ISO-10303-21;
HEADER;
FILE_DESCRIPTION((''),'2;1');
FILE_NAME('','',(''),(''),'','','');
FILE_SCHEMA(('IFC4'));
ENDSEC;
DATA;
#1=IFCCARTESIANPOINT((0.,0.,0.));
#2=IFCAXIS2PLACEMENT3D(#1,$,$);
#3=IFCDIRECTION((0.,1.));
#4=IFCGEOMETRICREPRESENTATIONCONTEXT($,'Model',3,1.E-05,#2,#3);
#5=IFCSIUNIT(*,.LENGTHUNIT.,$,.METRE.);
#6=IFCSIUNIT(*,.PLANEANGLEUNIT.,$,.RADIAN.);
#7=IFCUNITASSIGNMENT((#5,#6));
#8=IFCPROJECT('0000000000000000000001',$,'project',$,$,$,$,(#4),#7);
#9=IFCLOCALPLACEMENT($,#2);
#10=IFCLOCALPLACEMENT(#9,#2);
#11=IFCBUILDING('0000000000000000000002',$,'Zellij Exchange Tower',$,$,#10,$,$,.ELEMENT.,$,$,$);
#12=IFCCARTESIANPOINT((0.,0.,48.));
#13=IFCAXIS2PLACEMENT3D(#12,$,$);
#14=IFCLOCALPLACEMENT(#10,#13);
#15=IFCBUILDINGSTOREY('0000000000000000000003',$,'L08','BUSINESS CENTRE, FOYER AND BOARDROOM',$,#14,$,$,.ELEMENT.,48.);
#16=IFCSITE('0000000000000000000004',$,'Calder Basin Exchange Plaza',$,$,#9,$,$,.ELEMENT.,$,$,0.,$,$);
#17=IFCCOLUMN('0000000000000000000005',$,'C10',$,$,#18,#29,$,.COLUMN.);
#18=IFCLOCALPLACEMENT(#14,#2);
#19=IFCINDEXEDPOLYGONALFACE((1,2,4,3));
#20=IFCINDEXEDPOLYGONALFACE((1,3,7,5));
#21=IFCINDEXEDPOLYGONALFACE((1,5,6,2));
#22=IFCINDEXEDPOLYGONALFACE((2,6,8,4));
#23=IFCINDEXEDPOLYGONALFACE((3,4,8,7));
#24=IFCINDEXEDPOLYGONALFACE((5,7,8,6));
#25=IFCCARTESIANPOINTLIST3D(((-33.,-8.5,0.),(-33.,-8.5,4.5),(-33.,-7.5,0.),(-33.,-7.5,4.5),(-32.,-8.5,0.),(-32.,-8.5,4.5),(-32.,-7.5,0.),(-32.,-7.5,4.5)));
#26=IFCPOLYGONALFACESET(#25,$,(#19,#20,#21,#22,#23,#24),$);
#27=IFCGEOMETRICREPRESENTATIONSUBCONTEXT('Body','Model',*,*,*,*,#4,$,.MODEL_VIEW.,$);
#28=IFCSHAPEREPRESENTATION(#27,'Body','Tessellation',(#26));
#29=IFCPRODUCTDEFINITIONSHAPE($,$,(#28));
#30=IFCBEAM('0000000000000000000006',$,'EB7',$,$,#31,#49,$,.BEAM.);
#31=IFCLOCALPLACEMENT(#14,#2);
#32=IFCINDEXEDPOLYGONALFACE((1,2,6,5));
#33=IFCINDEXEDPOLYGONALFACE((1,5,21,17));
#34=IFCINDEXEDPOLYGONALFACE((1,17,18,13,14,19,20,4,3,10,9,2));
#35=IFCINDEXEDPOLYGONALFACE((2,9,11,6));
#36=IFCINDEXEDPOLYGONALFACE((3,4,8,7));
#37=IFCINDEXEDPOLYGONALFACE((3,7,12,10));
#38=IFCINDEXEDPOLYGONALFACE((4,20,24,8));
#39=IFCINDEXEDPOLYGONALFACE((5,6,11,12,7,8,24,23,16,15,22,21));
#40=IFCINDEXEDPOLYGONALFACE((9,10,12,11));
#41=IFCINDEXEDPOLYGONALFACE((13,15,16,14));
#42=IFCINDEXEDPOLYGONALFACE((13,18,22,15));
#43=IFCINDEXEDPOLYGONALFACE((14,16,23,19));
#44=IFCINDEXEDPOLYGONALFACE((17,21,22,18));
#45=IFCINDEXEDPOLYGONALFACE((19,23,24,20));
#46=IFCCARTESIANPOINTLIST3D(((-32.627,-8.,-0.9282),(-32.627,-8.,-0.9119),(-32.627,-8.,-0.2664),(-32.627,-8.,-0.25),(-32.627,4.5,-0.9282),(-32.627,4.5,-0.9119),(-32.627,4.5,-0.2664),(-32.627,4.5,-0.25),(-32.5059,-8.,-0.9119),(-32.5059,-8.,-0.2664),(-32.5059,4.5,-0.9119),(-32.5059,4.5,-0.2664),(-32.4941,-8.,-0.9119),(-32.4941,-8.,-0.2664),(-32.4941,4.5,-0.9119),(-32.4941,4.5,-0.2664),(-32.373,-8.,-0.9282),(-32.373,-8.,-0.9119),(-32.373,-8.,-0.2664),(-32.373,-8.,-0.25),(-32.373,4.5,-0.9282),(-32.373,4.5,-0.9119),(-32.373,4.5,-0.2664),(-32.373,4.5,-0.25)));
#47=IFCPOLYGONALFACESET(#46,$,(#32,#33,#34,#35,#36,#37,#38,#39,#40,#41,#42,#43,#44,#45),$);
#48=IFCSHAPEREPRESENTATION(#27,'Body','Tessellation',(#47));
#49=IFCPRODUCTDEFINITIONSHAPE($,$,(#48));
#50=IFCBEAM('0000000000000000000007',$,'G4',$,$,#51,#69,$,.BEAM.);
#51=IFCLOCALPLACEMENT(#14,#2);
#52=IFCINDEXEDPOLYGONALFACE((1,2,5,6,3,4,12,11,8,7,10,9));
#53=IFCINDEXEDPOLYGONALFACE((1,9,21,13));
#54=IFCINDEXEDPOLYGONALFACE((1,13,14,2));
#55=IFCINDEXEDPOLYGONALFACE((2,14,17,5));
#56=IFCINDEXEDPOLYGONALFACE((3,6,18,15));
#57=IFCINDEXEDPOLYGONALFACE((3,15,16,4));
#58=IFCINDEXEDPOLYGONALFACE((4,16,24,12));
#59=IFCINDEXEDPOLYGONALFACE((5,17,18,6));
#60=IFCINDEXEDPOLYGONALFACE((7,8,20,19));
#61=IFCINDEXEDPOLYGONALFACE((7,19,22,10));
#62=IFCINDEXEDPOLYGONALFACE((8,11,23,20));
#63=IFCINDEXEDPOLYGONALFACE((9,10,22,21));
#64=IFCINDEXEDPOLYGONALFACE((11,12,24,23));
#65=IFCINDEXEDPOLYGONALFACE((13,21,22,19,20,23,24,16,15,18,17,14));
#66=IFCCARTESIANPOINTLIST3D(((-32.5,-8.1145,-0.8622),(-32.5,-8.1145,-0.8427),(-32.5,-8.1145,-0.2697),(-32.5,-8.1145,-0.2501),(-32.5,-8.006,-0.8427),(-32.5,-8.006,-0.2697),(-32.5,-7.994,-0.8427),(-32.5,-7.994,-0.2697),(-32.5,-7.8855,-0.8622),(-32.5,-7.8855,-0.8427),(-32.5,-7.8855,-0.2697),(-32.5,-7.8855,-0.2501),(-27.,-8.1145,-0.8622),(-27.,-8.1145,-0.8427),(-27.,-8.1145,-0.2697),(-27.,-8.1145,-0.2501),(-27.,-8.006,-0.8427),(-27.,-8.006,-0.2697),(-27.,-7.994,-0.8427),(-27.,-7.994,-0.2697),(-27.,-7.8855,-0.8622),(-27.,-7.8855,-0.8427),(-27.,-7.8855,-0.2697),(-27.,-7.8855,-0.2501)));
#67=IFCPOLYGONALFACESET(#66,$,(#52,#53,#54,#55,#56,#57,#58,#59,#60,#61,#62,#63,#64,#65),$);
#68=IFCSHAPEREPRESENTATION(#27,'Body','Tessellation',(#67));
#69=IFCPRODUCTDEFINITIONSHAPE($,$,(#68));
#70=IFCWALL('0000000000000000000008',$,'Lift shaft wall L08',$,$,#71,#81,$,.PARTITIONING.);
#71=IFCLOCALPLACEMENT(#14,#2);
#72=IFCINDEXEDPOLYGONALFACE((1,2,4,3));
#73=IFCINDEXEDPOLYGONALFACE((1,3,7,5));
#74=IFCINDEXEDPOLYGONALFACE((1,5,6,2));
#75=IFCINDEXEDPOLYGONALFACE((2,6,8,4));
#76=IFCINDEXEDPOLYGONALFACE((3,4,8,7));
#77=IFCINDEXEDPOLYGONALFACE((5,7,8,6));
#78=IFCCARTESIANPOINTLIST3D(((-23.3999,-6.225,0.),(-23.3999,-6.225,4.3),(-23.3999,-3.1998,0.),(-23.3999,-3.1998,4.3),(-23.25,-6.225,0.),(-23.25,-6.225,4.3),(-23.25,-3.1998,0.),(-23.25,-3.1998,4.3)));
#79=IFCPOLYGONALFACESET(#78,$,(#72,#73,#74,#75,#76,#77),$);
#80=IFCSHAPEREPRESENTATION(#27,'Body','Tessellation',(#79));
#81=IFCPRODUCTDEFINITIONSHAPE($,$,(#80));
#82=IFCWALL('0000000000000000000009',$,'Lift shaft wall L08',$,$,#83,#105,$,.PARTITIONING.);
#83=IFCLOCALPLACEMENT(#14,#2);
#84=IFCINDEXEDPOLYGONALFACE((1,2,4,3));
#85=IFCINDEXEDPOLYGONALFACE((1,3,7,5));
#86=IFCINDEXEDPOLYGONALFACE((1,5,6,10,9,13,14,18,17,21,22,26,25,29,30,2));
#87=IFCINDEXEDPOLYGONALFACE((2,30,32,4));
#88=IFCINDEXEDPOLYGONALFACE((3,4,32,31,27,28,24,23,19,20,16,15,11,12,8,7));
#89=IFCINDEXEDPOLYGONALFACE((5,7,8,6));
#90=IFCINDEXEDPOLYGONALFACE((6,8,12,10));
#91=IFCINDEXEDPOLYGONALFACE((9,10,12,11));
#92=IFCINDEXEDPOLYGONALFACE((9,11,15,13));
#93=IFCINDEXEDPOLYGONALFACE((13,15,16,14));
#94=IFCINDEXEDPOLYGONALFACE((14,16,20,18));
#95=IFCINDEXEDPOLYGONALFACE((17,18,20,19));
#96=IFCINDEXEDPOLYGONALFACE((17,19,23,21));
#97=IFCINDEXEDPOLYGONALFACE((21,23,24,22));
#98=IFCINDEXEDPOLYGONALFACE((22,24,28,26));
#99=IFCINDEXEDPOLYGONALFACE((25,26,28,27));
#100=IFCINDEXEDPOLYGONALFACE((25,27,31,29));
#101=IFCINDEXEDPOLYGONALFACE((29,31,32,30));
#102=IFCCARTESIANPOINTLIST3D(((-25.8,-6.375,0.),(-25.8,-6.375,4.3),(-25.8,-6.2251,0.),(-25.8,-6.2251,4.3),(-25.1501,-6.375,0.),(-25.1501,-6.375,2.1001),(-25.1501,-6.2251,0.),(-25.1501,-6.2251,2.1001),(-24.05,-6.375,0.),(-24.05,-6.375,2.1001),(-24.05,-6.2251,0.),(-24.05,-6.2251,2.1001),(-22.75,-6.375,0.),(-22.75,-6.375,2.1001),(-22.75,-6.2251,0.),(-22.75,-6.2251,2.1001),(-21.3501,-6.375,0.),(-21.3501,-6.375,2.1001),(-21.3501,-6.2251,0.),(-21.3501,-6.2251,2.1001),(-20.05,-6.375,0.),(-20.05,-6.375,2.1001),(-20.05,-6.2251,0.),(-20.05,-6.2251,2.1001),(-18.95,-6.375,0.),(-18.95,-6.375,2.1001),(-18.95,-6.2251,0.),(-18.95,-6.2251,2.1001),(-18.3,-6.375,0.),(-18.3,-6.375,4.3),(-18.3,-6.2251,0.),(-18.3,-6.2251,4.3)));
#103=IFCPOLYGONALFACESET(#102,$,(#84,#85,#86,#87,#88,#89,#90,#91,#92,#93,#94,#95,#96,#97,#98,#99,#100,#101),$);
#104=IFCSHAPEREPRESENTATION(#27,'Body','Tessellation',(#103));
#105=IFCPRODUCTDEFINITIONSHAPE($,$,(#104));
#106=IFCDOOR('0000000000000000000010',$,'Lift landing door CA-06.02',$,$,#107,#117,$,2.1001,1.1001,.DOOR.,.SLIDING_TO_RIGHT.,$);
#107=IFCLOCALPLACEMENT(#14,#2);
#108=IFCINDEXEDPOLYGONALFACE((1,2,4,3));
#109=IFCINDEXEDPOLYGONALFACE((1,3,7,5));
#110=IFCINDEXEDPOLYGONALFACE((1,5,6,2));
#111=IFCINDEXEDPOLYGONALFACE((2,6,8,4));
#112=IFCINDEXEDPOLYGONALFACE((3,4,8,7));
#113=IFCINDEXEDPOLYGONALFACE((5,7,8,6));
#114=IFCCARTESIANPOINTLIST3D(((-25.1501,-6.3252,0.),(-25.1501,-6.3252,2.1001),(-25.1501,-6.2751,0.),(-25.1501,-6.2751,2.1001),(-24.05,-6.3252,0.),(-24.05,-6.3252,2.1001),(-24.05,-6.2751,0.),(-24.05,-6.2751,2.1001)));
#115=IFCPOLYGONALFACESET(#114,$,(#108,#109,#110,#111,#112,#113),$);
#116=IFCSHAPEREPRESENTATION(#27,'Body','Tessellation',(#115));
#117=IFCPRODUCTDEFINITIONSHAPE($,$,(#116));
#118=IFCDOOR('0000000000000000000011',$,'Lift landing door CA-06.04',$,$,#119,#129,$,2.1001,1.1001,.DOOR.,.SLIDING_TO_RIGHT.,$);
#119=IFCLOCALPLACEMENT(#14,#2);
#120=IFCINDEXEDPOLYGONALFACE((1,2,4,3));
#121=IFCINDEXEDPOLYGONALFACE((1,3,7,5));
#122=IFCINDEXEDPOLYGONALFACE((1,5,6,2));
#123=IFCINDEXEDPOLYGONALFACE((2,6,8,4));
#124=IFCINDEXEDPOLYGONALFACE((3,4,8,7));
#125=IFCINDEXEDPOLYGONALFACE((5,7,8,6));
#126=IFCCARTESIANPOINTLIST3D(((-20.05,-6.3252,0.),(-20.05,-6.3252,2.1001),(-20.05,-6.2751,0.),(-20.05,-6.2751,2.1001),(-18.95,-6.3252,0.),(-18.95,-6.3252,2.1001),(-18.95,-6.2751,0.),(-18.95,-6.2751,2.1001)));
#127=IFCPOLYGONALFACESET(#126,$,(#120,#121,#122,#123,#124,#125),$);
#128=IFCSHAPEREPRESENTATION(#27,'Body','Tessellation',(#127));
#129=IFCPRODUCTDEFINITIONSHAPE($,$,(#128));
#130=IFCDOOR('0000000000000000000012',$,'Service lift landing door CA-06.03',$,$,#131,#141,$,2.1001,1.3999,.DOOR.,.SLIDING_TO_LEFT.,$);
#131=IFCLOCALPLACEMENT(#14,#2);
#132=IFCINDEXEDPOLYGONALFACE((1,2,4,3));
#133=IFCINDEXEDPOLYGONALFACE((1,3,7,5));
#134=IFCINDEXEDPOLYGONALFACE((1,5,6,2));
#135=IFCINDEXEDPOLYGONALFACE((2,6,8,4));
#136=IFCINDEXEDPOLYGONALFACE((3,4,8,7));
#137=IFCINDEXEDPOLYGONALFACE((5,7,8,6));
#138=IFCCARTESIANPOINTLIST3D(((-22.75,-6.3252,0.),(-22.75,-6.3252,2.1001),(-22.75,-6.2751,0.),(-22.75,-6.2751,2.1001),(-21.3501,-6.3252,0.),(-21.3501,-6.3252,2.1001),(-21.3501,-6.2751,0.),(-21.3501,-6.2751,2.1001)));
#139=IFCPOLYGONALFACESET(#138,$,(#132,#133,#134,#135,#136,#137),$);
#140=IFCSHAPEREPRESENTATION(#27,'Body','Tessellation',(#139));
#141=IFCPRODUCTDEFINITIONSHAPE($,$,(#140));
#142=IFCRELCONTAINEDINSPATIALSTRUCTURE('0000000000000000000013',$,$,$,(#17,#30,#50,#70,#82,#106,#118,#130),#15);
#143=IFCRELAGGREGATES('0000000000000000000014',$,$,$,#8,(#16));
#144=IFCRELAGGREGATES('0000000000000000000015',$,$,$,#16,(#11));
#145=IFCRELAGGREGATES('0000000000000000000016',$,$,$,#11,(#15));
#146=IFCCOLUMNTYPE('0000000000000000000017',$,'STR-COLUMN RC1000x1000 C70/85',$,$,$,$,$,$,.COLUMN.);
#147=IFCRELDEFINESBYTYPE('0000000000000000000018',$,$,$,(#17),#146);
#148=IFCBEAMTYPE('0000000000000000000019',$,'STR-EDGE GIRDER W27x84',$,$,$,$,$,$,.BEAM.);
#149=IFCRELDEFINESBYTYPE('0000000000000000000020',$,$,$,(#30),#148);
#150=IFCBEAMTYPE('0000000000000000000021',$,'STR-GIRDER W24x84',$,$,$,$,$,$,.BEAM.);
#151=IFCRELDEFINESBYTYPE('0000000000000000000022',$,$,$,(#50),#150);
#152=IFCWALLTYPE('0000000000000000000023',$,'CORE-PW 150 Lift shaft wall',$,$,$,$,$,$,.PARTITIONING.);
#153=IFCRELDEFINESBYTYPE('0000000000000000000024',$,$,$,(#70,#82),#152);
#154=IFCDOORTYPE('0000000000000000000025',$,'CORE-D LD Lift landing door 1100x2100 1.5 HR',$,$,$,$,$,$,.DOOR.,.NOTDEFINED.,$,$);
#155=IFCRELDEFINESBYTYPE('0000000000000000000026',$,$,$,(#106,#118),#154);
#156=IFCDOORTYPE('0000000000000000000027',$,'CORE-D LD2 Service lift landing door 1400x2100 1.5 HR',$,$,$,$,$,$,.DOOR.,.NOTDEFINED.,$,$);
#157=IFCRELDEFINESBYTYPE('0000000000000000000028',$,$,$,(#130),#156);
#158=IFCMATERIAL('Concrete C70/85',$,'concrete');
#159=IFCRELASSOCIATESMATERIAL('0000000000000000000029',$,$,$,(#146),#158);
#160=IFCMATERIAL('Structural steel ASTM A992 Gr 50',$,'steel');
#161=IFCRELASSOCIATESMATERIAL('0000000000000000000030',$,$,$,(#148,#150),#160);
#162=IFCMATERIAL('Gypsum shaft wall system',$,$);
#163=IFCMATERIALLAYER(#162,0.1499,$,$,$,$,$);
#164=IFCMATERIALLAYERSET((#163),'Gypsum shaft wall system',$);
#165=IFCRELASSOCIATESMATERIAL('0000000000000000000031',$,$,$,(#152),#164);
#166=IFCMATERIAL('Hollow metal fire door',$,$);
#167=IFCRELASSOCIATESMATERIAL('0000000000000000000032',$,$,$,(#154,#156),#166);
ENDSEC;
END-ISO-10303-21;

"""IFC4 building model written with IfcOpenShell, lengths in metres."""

from ifc_helpers import new_model, si_unit, direction, frame, frame_2d, origin, origin_2d, place, context, subcontext, project, spatial, rectangle, i_section, extrude, material, layer, layer_set, material_profile, profile_set, type_object, element, fill, save


model = new_model("IFC4")

# Units and contexts
model_context = context("Model", 3, precision=1e-05, world=origin(), true_north=direction((0.0, 1.0)))
body_context = subcontext(model_context, "Body", "Model", "MODEL_VIEW")
ifc_project = project(units=[si_unit("LENGTHUNIT", "METRE"), si_unit("PLANEANGLEUNIT", "RADIAN")], contexts=[model_context])

# Site, building, storey
site_placement = place(None, origin())
site = spatial("IfcSite", under=ifc_project, at=site_placement, Name="Calder Basin Exchange Plaza", CompositionType="ELEMENT", RefElevation=0.0)
building_placement = place(site_placement, origin())
building = spatial("IfcBuilding", under=site, at=building_placement, Name="Zellij Exchange Tower", CompositionType="ELEMENT")
storey_placement = place(building_placement, frame((0.0, 0.0, 48.0)))
storey = spatial("IfcBuildingStorey", under=building, at=storey_placement, Name="L08", Description="BUSINESS CENTRE, FOYER AND BOARDROOM", CompositionType="ELEMENT", Elevation=48.0)

# Column
ifc_material_1 = material(Name="Concrete C70/85", Category="concrete")
ifc_material_profile_1 = material_profile(ifc_material_1, rectangle(XDim=1.0, YDim=1.0, at=origin_2d()), Name="STR-COLUMN RC1000x1000 C70/85")
ifc_profile_set_1 = profile_set([ifc_material_profile_1], Name="Concrete C70/85")
column_type = type_object("IfcColumnType", Name="STR-COLUMN RC1000x1000 C70/85", PredefinedType="COLUMN", material=ifc_profile_set_1)
column_placement = place(storey_placement, frame((-32.5, -8.0, 0.0), z_axis=(0.0, 0.0, 1.0), x_axis=(1.0, 0.0, 0.0)))
element("IfcColumn", 1, at=column_placement, inside=storey, type_object=column_type, Name="C10", PredefinedType="COLUMN", context=body_context, shape_type="SweptSolid", body=[
    extrude(rectangle(XDim=1.0, YDim=1.0, at=origin_2d()), origin(), (0.0, 0.0, 1.0), 4.5),
])

# Beams
ifc_material_2 = material(Name="Structural steel ASTM A992 Gr 50", Category="steel")
ifc_material_profile_2 = material_profile(ifc_material_2, i_section(OverallWidth=0.2539, OverallDepth=0.6782, WebThickness=0.0117, FlangeThickness=0.0164, at=origin_2d()), Name="W27x84")
ifc_profile_set_2 = profile_set([ifc_material_profile_2], Name="Structural steel ASTM A992 Gr 50")
beam_type_1 = type_object("IfcBeamType", Name="STR-EDGE GIRDER W27x84", PredefinedType="BEAM", material=ifc_profile_set_2)
beam_1_placement = place(storey_placement, frame((-32.5, -8.0, -0.5891), z_axis=(0.0, 1.0, 0.0), x_axis=(-1.0, 0.0, 0.0)))
element("IfcBeam", 2, at=beam_1_placement, inside=storey, type_object=beam_type_1, Name="EB7", PredefinedType="BEAM", context=body_context, shape_type="SweptSolid", body=[
    extrude(i_section(OverallWidth=0.2539, OverallDepth=0.6782, WebThickness=0.0117, FlangeThickness=0.0164, at=origin_2d()), origin(), (0.0, 0.0, 1.0), 12.5),
])
ifc_material_profile_3 = material_profile(ifc_material_2, i_section(OverallWidth=0.229, OverallDepth=0.6121, WebThickness=0.012, FlangeThickness=0.0195, at=origin_2d()), Name="W24x84")
ifc_profile_set_3 = profile_set([ifc_material_profile_3], Name="Structural steel ASTM A992 Gr 50")
beam_type_2 = type_object("IfcBeamType", Name="STR-GIRDER W24x84", PredefinedType="BEAM", material=ifc_profile_set_3)
beam_2_placement = place(storey_placement, frame((-32.5, -8.0, -0.5562), z_axis=(1.0, 0.0, 0.0), x_axis=(0.0, 1.0, 0.0)))
element("IfcBeam", 3, at=beam_2_placement, inside=storey, type_object=beam_type_2, Name="G4", PredefinedType="BEAM", context=body_context, shape_type="SweptSolid", body=[
    extrude(i_section(OverallWidth=0.229, OverallDepth=0.6121, WebThickness=0.012, FlangeThickness=0.0195, at=origin_2d()), origin(), (0.0, 0.0, 1.0), 5.5),
])

# Wall
ifc_material_3 = material(Name="Gypsum shaft wall system")
ifc_layer_1 = layer(ifc_material_3, 0.1499)
ifc_layer_set_1 = layer_set([ifc_layer_1], Name="Gypsum shaft wall system")
wall_type_1 = type_object("IfcWallType", Name="CORE-PW 150 Lift shaft wall", PredefinedType="PARTITIONING", material=ifc_layer_set_1)
wall_1_placement = place(storey_placement, frame((-23.325, -6.2251, 0.0), z_axis=(0.0, 0.0, 1.0), x_axis=(0.0, 1.0, 0.0)))
element("IfcWall", 4, at=wall_1_placement, inside=storey, type_object=wall_type_1, Name="Lift shaft wall L08", PredefinedType="PARTITIONING", context=body_context, shape_type="SweptSolid", body=[
    extrude(rectangle(XDim=3.0251, YDim=0.1499, at=frame_2d((1.5127, 0.0))), origin(), (0.0, 0.0, 1.0), 4.3),
])

# Wall, openings, doors
wall_2_placement = place(storey_placement, frame((-25.8, -6.3, 0.0), z_axis=(0.0, 0.0, 1.0), x_axis=(1.0, 0.0, 0.0)))
wall_2 = element("IfcWall", 5, at=wall_2_placement, inside=storey, type_object=wall_type_1, Name="Lift shaft wall L08", PredefinedType="PARTITIONING", context=body_context, shape_type="SweptSolid", body=[
    extrude(rectangle(XDim=7.5, YDim=0.1499, at=frame_2d((3.75, 0.0))), origin(), (0.0, 0.0, 1.0), 4.3),
])
opening_1_placement = place(wall_2_placement, frame((0.6499, 0.0, 0.0)))
opening_1 = element("IfcOpeningElement", 6, at=opening_1_placement, cuts=wall_2, PredefinedType="OPENING", context=body_context, shape_type="SweptSolid", body=[
    extrude(rectangle(XDim=1.1001, YDim=2.1001, at=frame_2d((0.55, 1.05))), frame((0.0, 0.0869, 0.0), z_axis=(0.0, -1.0, 0.0), x_axis=(1.0, 0.0, 0.0)), (0.0, 0.0, 1.0), 0.1738),
])
opening_2_placement = place(wall_2_placement, frame((3.05, 0.0, 0.0)))
opening_2 = element("IfcOpeningElement", 7, at=opening_2_placement, cuts=wall_2, PredefinedType="OPENING", context=body_context, shape_type="SweptSolid", body=[
    extrude(rectangle(XDim=1.3999, YDim=2.1001, at=frame_2d((0.7, 1.05))), frame((0.0, 0.0869, 0.0), z_axis=(0.0, -1.0, 0.0), x_axis=(1.0, 0.0, 0.0)), (0.0, 0.0, 1.0), 0.1738),
])
opening_3_placement = place(wall_2_placement, frame((5.75, 0.0, 0.0)))
opening_3 = element("IfcOpeningElement", 8, at=opening_3_placement, cuts=wall_2, PredefinedType="OPENING", context=body_context, shape_type="SweptSolid", body=[
    extrude(rectangle(XDim=1.1001, YDim=2.1001, at=frame_2d((0.55, 1.05))), frame((0.0, 0.0869, 0.0), z_axis=(0.0, -1.0, 0.0), x_axis=(1.0, 0.0, 0.0)), (0.0, 0.0, 1.0), 0.1738),
])
ifc_material_4 = material(Name="Hollow metal fire door")
door_type_1 = type_object("IfcDoorType", Name="CORE-D LD Lift landing door 1100x2100 1.5 HR", OperationType="NOTDEFINED", PredefinedType="DOOR", material=ifc_material_4)
door_1_placement = place(opening_1_placement, origin())
door_1 = element("IfcDoor", 9, at=door_1_placement, inside=storey, type_object=door_type_1, Name="Lift landing door CA-06.02", OperationType="SLIDING_TO_RIGHT", OverallHeight=2.1001, OverallWidth=1.1001, PredefinedType="DOOR", context=body_context, shape_type="SweptSolid", body=[
    extrude(rectangle(XDim=1.1001, YDim=2.1001, at=frame_2d((0.55, 1.05))), frame((0.0, 0.0249, 0.0), z_axis=(0.0, -1.0, 0.0), x_axis=(1.0, 0.0, 0.0)), (0.0, 0.0, 1.0), 0.05),
])
fill(opening_1, door_1)
door_2_placement = place(opening_3_placement, origin())
door_2 = element("IfcDoor", 10, at=door_2_placement, inside=storey, type_object=door_type_1, Name="Lift landing door CA-06.04", OperationType="SLIDING_TO_RIGHT", OverallHeight=2.1001, OverallWidth=1.1001, PredefinedType="DOOR", context=body_context, shape_type="SweptSolid", body=[
    extrude(rectangle(XDim=1.1001, YDim=2.1001, at=frame_2d((0.55, 1.05))), frame((0.0, 0.0249, 0.0), z_axis=(0.0, -1.0, 0.0), x_axis=(1.0, 0.0, 0.0)), (0.0, 0.0, 1.0), 0.05),
])
fill(opening_3, door_2)
door_type_2 = type_object("IfcDoorType", Name="CORE-D LD2 Service lift landing door 1400x2100 1.5 HR", OperationType="NOTDEFINED", PredefinedType="DOOR", material=ifc_material_4)
door_3_placement = place(opening_2_placement, origin())
door_3 = element("IfcDoor", 11, at=door_3_placement, inside=storey, type_object=door_type_2, Name="Service lift landing door CA-06.03", OperationType="SLIDING_TO_LEFT", OverallHeight=2.1001, OverallWidth=1.3999, PredefinedType="DOOR", context=body_context, shape_type="SweptSolid", body=[
    extrude(rectangle(XDim=1.3999, YDim=2.1001, at=frame_2d((0.7, 1.05))), frame((0.0, 0.0249, 0.0), z_axis=(0.0, -1.0, 0.0), x_axis=(1.0, 0.0, 0.0)), (0.0, 0.0, 1.0), 0.05),
])
fill(opening_2, door_3)

save(model, "model.ifc")
